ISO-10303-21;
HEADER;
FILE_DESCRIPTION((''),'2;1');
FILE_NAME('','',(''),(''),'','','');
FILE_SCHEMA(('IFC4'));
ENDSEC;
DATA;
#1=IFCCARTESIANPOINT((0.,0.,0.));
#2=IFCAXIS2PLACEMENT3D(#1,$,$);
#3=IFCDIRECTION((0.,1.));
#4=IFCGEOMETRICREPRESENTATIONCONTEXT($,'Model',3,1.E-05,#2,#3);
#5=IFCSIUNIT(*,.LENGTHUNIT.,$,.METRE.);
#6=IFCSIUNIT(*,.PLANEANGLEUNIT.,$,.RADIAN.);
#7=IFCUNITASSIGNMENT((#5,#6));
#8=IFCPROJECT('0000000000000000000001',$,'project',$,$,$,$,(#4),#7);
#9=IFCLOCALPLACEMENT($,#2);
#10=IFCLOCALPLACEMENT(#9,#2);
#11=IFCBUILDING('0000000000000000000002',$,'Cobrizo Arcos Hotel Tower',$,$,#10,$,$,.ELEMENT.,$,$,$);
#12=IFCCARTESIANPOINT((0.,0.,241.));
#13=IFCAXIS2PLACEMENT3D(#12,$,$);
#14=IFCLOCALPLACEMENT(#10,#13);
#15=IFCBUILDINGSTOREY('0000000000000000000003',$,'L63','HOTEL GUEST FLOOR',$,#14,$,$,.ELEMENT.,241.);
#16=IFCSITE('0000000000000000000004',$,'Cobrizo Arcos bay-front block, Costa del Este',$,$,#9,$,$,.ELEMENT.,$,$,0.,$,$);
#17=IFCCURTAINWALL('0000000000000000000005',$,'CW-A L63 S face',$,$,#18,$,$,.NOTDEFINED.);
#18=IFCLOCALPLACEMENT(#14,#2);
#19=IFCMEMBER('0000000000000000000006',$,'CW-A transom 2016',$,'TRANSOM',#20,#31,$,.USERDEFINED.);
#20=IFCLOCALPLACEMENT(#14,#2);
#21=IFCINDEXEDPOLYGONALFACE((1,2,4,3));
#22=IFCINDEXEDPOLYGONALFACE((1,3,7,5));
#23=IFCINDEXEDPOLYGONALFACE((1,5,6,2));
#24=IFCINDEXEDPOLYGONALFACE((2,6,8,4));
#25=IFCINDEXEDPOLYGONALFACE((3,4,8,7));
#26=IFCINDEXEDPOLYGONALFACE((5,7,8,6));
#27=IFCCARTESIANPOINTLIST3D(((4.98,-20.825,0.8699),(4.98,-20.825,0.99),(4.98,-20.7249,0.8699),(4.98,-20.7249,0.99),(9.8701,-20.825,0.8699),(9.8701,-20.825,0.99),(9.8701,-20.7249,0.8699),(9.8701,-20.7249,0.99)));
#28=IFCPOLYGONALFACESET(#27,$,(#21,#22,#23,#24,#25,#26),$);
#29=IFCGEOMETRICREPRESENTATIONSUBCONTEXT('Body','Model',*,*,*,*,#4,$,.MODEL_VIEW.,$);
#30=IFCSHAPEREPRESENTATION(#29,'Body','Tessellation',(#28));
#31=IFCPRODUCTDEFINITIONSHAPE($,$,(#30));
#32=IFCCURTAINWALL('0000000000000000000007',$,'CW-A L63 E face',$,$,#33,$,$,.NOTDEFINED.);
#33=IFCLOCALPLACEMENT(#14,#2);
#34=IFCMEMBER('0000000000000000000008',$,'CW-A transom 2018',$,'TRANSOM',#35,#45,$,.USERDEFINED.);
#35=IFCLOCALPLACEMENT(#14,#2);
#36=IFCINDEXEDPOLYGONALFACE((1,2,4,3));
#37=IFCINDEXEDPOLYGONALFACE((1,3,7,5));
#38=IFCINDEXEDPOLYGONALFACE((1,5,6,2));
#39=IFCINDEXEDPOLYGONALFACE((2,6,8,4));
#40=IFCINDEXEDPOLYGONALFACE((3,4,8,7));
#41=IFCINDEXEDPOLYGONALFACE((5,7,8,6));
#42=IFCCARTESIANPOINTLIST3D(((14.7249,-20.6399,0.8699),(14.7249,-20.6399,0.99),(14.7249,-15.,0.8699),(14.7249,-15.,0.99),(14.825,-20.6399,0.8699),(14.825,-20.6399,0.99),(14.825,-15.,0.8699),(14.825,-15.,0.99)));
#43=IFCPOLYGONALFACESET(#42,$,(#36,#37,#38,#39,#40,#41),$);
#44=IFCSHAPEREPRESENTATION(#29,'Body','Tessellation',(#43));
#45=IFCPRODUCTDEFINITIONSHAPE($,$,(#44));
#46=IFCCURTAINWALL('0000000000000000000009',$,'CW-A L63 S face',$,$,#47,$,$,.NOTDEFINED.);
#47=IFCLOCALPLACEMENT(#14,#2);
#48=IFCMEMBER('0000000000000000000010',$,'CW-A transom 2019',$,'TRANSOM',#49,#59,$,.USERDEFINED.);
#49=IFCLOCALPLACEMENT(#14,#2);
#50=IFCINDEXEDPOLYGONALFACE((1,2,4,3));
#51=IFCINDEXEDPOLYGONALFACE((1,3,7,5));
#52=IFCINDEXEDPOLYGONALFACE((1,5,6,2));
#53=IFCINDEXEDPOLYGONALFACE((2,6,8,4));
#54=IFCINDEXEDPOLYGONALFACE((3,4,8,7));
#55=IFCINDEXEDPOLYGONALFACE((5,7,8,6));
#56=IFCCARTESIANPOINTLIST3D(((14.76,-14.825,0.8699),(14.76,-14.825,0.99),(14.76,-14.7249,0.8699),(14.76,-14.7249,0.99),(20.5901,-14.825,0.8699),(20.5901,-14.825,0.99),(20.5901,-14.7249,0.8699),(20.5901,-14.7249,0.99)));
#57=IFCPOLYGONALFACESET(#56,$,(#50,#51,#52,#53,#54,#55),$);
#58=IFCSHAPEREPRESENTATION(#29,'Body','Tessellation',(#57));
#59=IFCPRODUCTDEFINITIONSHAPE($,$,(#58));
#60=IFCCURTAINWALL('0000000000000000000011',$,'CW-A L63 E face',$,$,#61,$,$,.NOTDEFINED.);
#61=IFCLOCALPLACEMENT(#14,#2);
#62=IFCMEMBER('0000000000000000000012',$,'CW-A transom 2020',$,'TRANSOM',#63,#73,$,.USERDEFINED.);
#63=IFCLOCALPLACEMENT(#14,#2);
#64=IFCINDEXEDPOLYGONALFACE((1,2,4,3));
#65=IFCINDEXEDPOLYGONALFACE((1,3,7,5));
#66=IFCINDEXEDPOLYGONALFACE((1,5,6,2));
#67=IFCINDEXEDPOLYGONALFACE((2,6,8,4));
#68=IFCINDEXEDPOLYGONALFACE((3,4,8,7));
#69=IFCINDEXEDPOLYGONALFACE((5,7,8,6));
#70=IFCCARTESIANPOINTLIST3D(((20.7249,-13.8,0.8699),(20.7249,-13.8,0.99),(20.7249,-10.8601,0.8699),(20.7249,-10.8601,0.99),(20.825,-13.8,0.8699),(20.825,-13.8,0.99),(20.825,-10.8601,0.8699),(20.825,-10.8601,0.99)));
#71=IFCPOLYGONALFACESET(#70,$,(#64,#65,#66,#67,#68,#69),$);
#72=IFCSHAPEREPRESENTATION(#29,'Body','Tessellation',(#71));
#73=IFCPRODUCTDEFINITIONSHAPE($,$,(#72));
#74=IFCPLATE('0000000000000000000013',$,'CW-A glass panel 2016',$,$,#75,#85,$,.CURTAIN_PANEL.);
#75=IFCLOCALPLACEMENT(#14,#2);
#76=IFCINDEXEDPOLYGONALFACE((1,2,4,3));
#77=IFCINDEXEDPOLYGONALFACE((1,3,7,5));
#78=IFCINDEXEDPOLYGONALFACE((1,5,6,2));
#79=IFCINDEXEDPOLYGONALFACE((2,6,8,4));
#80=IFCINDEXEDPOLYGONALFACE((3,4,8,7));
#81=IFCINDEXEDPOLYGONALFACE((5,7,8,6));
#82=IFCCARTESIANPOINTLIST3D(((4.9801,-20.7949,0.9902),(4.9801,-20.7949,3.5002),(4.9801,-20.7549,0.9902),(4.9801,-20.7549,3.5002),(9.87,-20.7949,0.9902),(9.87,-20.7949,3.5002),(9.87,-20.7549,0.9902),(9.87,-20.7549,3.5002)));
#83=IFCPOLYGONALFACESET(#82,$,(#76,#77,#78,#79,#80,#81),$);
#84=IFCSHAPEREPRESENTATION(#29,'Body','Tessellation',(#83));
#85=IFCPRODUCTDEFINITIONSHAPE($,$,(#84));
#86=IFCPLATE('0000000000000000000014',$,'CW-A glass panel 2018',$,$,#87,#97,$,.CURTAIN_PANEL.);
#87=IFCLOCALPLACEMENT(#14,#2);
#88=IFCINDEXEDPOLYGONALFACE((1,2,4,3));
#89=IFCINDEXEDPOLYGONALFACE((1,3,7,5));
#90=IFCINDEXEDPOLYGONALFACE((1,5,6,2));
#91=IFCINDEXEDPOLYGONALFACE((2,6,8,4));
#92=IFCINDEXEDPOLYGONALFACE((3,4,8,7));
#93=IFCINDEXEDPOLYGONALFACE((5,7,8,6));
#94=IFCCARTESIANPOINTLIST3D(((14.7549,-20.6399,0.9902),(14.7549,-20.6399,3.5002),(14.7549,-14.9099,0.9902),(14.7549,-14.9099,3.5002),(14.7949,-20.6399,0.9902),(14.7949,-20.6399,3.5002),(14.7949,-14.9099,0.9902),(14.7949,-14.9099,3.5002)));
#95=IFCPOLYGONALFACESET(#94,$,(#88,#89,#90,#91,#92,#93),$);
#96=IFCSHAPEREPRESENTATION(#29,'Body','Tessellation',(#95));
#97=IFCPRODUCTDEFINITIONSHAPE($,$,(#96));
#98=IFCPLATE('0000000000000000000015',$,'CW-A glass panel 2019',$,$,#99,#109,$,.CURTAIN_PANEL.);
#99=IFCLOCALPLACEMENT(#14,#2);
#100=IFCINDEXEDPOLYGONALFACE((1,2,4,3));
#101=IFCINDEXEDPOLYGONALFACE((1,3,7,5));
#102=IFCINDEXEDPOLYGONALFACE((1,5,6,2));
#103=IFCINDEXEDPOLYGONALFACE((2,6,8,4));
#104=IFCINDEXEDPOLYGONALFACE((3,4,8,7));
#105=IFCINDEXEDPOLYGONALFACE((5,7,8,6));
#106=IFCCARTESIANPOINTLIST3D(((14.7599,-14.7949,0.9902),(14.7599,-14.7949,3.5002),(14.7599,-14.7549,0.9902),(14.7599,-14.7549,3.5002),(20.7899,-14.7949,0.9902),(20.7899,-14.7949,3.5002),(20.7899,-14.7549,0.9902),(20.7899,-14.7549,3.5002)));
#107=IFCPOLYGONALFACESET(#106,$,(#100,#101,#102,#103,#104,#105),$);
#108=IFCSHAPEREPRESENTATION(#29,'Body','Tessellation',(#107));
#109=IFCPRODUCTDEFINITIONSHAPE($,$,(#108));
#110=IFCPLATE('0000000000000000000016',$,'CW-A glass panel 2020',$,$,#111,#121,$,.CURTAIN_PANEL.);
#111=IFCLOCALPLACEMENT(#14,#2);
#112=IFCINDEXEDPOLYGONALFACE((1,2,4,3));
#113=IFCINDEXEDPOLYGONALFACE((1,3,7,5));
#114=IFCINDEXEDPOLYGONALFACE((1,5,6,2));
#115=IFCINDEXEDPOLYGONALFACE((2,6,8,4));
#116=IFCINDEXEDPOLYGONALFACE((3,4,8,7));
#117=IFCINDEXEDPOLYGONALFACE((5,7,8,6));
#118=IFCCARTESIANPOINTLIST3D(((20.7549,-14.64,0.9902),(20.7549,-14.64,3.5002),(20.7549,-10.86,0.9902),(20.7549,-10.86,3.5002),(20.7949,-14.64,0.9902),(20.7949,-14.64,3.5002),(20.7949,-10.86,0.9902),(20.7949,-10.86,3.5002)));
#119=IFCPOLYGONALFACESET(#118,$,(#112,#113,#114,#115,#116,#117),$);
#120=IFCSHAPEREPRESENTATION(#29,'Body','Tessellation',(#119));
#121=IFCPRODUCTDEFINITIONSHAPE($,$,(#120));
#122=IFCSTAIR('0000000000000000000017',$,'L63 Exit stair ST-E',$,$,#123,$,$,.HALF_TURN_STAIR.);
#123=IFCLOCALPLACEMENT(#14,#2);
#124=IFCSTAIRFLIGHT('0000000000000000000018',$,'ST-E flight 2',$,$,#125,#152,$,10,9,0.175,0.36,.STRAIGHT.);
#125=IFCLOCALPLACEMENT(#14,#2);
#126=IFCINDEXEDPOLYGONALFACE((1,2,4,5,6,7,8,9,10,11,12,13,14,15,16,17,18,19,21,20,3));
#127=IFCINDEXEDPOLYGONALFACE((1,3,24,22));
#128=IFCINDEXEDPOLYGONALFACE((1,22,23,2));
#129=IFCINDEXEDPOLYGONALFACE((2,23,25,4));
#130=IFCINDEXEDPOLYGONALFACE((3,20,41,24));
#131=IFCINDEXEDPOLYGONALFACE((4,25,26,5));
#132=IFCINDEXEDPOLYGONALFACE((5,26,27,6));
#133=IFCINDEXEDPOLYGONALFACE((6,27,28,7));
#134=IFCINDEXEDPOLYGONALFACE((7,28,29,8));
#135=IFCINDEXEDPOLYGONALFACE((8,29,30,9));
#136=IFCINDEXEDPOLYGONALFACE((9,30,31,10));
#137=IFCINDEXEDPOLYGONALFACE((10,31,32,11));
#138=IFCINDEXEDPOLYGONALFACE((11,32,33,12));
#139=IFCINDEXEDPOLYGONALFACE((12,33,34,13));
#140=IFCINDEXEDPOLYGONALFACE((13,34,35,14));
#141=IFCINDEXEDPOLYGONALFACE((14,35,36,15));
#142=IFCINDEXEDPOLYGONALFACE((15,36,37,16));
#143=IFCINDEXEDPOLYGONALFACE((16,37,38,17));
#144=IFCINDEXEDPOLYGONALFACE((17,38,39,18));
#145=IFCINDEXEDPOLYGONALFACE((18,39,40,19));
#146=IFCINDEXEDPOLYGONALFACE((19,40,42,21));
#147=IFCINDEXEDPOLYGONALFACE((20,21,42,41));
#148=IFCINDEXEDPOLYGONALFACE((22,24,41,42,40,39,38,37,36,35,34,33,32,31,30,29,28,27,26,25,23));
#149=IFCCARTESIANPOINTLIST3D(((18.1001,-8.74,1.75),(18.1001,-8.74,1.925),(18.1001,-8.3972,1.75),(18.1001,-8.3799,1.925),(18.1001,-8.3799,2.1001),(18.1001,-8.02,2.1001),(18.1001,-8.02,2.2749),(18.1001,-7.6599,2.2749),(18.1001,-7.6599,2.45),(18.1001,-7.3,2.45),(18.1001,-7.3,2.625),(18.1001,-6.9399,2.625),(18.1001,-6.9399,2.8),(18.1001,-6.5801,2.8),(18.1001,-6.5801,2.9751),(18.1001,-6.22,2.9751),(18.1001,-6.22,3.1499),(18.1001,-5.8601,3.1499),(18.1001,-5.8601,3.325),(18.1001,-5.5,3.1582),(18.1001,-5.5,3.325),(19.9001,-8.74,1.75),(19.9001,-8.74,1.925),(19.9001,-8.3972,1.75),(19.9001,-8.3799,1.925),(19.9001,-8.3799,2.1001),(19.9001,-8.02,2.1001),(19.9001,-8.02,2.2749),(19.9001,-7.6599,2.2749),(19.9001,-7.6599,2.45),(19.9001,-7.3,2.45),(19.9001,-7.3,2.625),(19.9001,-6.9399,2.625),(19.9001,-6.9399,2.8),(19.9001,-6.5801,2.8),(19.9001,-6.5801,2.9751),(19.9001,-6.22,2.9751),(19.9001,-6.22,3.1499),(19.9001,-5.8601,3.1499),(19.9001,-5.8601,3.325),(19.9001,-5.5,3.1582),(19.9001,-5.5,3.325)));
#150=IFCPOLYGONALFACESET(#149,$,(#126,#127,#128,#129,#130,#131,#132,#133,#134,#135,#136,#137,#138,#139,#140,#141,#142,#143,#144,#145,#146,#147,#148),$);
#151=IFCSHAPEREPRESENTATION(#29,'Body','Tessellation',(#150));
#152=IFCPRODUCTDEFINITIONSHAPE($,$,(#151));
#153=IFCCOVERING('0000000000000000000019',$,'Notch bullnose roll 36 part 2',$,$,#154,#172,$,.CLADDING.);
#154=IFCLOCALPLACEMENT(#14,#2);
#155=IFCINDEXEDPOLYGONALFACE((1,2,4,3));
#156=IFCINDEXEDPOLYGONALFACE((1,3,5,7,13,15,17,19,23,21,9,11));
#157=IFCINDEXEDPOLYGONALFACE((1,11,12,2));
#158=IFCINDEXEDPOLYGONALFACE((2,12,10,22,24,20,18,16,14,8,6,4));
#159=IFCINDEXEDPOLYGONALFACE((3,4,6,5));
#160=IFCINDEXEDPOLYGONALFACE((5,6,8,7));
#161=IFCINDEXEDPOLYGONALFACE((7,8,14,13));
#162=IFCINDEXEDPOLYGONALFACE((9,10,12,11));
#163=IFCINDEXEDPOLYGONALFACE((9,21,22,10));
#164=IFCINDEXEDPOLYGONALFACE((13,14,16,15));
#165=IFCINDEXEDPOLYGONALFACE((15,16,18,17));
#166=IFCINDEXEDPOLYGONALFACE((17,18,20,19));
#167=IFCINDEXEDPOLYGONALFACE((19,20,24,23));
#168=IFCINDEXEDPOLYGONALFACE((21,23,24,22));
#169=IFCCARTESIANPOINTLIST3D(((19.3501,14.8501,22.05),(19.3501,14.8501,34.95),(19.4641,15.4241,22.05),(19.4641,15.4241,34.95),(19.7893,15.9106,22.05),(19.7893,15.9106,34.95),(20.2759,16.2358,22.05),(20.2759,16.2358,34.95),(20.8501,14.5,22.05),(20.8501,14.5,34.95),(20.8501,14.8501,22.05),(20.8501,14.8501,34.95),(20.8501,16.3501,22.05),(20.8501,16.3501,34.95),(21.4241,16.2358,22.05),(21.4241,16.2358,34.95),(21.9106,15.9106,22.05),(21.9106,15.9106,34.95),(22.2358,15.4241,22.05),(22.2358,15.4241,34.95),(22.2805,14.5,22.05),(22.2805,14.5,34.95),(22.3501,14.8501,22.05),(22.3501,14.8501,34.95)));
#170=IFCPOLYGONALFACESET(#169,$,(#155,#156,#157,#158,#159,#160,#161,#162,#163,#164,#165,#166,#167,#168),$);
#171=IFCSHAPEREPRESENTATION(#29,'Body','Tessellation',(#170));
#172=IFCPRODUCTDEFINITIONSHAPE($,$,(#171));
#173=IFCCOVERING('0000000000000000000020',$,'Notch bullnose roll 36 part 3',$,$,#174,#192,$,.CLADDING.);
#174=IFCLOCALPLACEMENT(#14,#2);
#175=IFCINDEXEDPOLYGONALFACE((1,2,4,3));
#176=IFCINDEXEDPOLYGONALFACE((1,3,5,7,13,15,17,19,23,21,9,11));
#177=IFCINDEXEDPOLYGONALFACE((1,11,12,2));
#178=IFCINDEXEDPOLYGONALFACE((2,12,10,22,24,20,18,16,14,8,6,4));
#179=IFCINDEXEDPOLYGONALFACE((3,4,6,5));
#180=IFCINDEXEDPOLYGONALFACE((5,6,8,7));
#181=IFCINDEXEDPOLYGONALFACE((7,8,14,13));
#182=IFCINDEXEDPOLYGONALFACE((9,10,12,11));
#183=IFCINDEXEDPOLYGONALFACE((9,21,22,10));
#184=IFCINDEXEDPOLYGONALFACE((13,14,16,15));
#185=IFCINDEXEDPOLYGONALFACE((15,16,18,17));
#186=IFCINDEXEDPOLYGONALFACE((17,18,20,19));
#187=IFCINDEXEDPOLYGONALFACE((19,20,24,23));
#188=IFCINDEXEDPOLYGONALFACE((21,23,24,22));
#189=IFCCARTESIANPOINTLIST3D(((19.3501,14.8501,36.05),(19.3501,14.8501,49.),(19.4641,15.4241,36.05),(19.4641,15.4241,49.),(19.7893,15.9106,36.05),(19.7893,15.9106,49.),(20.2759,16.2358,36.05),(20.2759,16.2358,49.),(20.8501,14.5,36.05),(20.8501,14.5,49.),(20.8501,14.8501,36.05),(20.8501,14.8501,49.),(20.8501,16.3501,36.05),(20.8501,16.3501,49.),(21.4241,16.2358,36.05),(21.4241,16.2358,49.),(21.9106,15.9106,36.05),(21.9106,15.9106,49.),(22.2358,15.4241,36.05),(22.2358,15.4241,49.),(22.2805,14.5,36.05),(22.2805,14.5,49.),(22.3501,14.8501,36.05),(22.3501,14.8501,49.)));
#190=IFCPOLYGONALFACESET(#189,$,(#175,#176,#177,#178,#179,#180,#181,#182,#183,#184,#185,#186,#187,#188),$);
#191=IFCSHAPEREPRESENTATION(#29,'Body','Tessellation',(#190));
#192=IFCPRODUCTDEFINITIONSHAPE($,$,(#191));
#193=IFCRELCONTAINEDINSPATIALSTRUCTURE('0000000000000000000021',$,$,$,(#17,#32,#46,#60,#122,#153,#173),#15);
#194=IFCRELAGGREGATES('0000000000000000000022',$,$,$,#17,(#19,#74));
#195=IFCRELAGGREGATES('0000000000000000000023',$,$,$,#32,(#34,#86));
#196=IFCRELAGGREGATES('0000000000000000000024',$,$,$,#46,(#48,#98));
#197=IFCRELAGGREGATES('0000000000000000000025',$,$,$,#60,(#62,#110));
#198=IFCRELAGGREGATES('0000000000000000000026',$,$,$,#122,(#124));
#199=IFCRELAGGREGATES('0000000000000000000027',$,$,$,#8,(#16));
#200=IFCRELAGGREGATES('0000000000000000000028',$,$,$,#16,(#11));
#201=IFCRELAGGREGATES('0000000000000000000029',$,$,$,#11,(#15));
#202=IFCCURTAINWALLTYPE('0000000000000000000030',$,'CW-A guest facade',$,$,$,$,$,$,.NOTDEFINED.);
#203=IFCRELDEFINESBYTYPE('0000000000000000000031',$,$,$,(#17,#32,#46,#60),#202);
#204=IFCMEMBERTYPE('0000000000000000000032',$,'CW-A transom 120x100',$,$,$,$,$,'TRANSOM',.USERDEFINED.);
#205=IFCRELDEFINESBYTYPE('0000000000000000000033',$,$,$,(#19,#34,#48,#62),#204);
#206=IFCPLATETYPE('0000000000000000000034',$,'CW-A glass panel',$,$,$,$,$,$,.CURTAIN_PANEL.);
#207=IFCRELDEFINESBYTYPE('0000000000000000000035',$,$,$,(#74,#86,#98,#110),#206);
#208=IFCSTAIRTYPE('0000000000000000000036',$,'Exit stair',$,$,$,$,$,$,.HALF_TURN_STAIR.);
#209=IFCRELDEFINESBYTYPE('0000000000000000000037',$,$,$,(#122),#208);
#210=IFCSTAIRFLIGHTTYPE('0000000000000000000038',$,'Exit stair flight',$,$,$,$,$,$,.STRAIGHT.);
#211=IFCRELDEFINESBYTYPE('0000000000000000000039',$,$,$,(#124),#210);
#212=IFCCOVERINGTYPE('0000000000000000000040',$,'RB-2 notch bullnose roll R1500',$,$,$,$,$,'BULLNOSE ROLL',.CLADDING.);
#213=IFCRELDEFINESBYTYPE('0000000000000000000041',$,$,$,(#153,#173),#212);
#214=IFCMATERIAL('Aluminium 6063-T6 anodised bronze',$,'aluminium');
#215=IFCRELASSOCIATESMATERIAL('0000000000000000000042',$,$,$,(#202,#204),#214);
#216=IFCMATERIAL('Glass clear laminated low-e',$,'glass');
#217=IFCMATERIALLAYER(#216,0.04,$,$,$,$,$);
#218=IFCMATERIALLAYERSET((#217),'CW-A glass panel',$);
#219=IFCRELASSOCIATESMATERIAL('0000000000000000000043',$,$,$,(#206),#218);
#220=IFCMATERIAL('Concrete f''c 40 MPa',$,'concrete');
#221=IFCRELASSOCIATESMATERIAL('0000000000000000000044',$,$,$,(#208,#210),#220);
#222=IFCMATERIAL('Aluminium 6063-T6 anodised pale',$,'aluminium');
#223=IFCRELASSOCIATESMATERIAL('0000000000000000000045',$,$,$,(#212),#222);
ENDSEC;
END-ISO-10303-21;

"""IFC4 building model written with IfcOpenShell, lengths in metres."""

from ifc_helpers import new_model, si_unit, direction, frame, origin, origin_2d, place, context, subcontext, project, spatial, polyline, rectangle, outline, extrude, material, layer, layer_set, material_profile, profile_set, type_object, element, aggregate, save


model = new_model("IFC4")

# Units and contexts
model_context = context("Model", 3, precision=1e-05, world=origin(), true_north=direction((0.0, 1.0)))
body_context = subcontext(model_context, "Body", "Model", "MODEL_VIEW")
ifc_project = project(units=[si_unit("LENGTHUNIT", "METRE"), si_unit("PLANEANGLEUNIT", "RADIAN")], contexts=[model_context])

# Site, building, storey
site_placement = place(None, origin())
site = spatial("IfcSite", under=ifc_project, at=site_placement, Name="Cobrizo Arcos bay-front block, Costa del Este", CompositionType="ELEMENT", RefElevation=0.0)
building_placement = place(site_placement, origin())
building = spatial("IfcBuilding", under=site, at=building_placement, Name="Cobrizo Arcos Hotel Tower", CompositionType="ELEMENT")
storey_placement = place(building_placement, frame((0.0, 0.0, 241.0)))
storey = spatial("IfcBuildingStorey", under=building, at=storey_placement, Name="L63", Description="HOTEL GUEST FLOOR", CompositionType="ELEMENT", Elevation=241.0)

# Curtain walls, members
ifc_material_1 = material(Name="Aluminium 6063-T6 anodised bronze", Category="aluminium")
curtain_wall_type = type_object("IfcCurtainWallType", Name="CW-A guest facade", PredefinedType="NOTDEFINED", material=ifc_material_1)
curtain_wall_1_placement = place(storey_placement, origin())
curtain_wall_1 = element("IfcCurtainWall", 1, at=curtain_wall_1_placement, inside=storey, type_object=curtain_wall_type, Name="CW-A L63 S face", PredefinedType="NOTDEFINED")
ifc_material_profile = material_profile(ifc_material_1, rectangle(XDim=0.1001, YDim=0.1201, at=origin_2d()), Name="CW-A transom 120x100")
ifc_profile_set = profile_set([ifc_material_profile], Name="Aluminium 6063-T6 anodised bronze")
member_type = type_object("IfcMemberType", Name="CW-A transom 120x100", ElementType="TRANSOM", PredefinedType="USERDEFINED", material=ifc_profile_set)
member_1_placement = place(storey_placement, frame((4.98, -20.7749, 0.9299), z_axis=(1.0, 0.0, 0.0), x_axis=(0.0, 1.0, 0.0)))
member_1 = element("IfcMember", 2, at=member_1_placement, type_object=member_type, Name="CW-A transom 2016", ObjectType="TRANSOM", PredefinedType="USERDEFINED", context=body_context, shape_type="SweptSolid", body=[
    extrude(rectangle(XDim=0.1001, YDim=0.1201, at=origin_2d()), origin(), (0.0, 0.0, 1.0), 4.8901),
])
curtain_wall_2_placement = place(storey_placement, origin())
curtain_wall_2 = element("IfcCurtainWall", 3, at=curtain_wall_2_placement, inside=storey, type_object=curtain_wall_type, Name="CW-A L63 E face", PredefinedType="NOTDEFINED")
member_2_placement = place(storey_placement, frame((14.7749, -20.6399, 0.9299), z_axis=(0.0, 1.0, 0.0), x_axis=(-1.0, 0.0, 0.0)))
member_2 = element("IfcMember", 4, at=member_2_placement, type_object=member_type, Name="CW-A transom 2018", ObjectType="TRANSOM", PredefinedType="USERDEFINED", context=body_context, shape_type="SweptSolid", body=[
    extrude(rectangle(XDim=0.1001, YDim=0.1201, at=origin_2d()), origin(), (0.0, 0.0, 1.0), 5.6399),
])
curtain_wall_3_placement = place(storey_placement, origin())
curtain_wall_3 = element("IfcCurtainWall", 5, at=curtain_wall_3_placement, inside=storey, type_object=curtain_wall_type, Name="CW-A L63 S face", PredefinedType="NOTDEFINED")
member_3_placement = place(storey_placement, frame((14.76, -14.7749, 0.9299), z_axis=(1.0, 0.0, 0.0), x_axis=(0.0, 1.0, 0.0)))
member_3 = element("IfcMember", 6, at=member_3_placement, type_object=member_type, Name="CW-A transom 2019", ObjectType="TRANSOM", PredefinedType="USERDEFINED", context=body_context, shape_type="SweptSolid", body=[
    extrude(rectangle(XDim=0.1001, YDim=0.1201, at=origin_2d()), origin(), (0.0, 0.0, 1.0), 5.8301),
])
curtain_wall_4_placement = place(storey_placement, origin())
curtain_wall_4 = element("IfcCurtainWall", 7, at=curtain_wall_4_placement, inside=storey, type_object=curtain_wall_type, Name="CW-A L63 E face", PredefinedType="NOTDEFINED")
member_4_placement = place(storey_placement, frame((20.7749, -13.8, 0.9299), z_axis=(0.0, 1.0, 0.0), x_axis=(-1.0, 0.0, 0.0)))
member_4 = element("IfcMember", 8, at=member_4_placement, type_object=member_type, Name="CW-A transom 2020", ObjectType="TRANSOM", PredefinedType="USERDEFINED", context=body_context, shape_type="SweptSolid", body=[
    extrude(rectangle(XDim=0.1001, YDim=0.1201, at=origin_2d()), origin(), (0.0, 0.0, 1.0), 2.9399),
])

# Plates
ifc_material_2 = material(Name="Glass clear laminated low-e", Category="glass")
ifc_layer = layer(ifc_material_2, 0.04)
ifc_layer_set = layer_set([ifc_layer], Name="CW-A glass panel")
plate_type = type_object("IfcPlateType", Name="CW-A glass panel", PredefinedType="CURTAIN_PANEL", material=ifc_layer_set)
plate_1_placement = place(storey_placement, frame((7.425, -20.7749, 0.9902), z_axis=(0.0, 0.0, 1.0), x_axis=(1.0, 0.0, 0.0)))
plate_1 = element("IfcPlate", 9, at=plate_1_placement, type_object=plate_type, Name="CW-A glass panel 2016", PredefinedType="CURTAIN_PANEL", context=body_context, shape_type="SweptSolid", body=[
    extrude(rectangle(XDim=4.8899, YDim=0.04, at=origin_2d()), origin(), (0.0, 0.0, 1.0), 2.51),
])
aggregate(curtain_wall_1, [member_1, plate_1])
plate_2_placement = place(storey_placement, frame((14.7749, -17.7749, 0.9902), z_axis=(0.0, 0.0, 1.0), x_axis=(0.0, 1.0, 0.0)))
plate_2 = element("IfcPlate", 10, at=plate_2_placement, type_object=plate_type, Name="CW-A glass panel 2018", PredefinedType="CURTAIN_PANEL", context=body_context, shape_type="SweptSolid", body=[
    extrude(rectangle(XDim=5.73, YDim=0.04, at=origin_2d()), origin(), (0.0, 0.0, 1.0), 2.51),
])
aggregate(curtain_wall_2, [member_2, plate_2])
plate_3_placement = place(storey_placement, frame((17.7749, -14.7749, 0.9902), z_axis=(0.0, 0.0, 1.0), x_axis=(1.0, 0.0, 0.0)))
plate_3 = element("IfcPlate", 11, at=plate_3_placement, type_object=plate_type, Name="CW-A glass panel 2019", PredefinedType="CURTAIN_PANEL", context=body_context, shape_type="SweptSolid", body=[
    extrude(rectangle(XDim=6.03, YDim=0.04, at=origin_2d()), origin(), (0.0, 0.0, 1.0), 2.51),
])
aggregate(curtain_wall_3, [member_3, plate_3])
plate_4_placement = place(storey_placement, frame((20.7749, -12.75, 0.9902), z_axis=(0.0, 0.0, 1.0), x_axis=(0.0, 1.0, 0.0)))
plate_4 = element("IfcPlate", 12, at=plate_4_placement, type_object=plate_type, Name="CW-A glass panel 2020", PredefinedType="CURTAIN_PANEL", context=body_context, shape_type="SweptSolid", body=[
    extrude(rectangle(XDim=3.78, YDim=0.04, at=origin_2d()), origin(), (0.0, 0.0, 1.0), 2.51),
])
aggregate(curtain_wall_4, [member_4, plate_4])

# Stair, stair flight
ifc_material_3 = material(Name="Concrete f'c 40 MPa", Category="concrete")
stair_type = type_object("IfcStairType", Name="Exit stair", PredefinedType="HALF_TURN_STAIR", material=ifc_material_3)
stair_placement = place(storey_placement, origin())
stair = element("IfcStair", 13, at=stair_placement, inside=storey, type_object=stair_type, Name="L63 Exit stair ST-E", PredefinedType="HALF_TURN_STAIR")
stair_flight_type = type_object("IfcStairFlightType", Name="Exit stair flight", PredefinedType="STRAIGHT", material=ifc_material_3)
stair_flight_placement = place(storey_placement, frame((19.0, -8.74, 1.75), z_axis=(0.0, 0.0, 1.0), x_axis=(0.0, 1.0, 0.0)))
stair_flight = element("IfcStairFlight", 14, at=stair_flight_placement, type_object=stair_flight_type, Name="ST-E flight 2", NumberOfRisers=10, NumberOfTreads=9, PredefinedType="STRAIGHT", RiserHeight=0.175, TreadLength=0.36, context=body_context, shape_type="SweptSolid", body=[
    extrude(outline(polyline([(0.0, 0.0), (0.0, 0.175), (0.3601, 0.175), (0.3601, 0.3501), (0.72, 0.3501), (0.72, 0.5249), (1.0801, 0.5249), (1.0801, 0.7), (1.4399, 0.7), (1.4399, 0.875), (1.8, 0.875), (1.8, 1.05), (2.1599, 1.05), (2.1599, 1.2251), (2.52, 1.2251), (2.52, 1.3999), (2.8799, 1.3999), (2.8799, 1.575), (3.24, 1.575), (3.24, 1.75), (3.24, 1.4082), (0.3428, 0.0), (0.0, 0.0)])), frame((0.0, 0.8999, 0.0), z_axis=(0.0, -1.0, 0.0), x_axis=(1.0, 0.0, 0.0)), (0.0, 0.0, 1.0), 1.8),
])
aggregate(stair, [stair_flight])

# Coverings
ifc_material_4 = material(Name="Aluminium 6063-T6 anodised pale", Category="aluminium")
covering_type_1 = type_object("IfcCoveringType", Name="RB-2 notch bullnose roll R1500", ElementType="BULLNOSE ROLL", PredefinedType="CLADDING", material=ifc_material_4)
covering_1_placement = place(storey_placement, frame((0.0, 0.0, 22.05)))
element("IfcCovering", 15, at=covering_1_placement, inside=storey, type_object=covering_type_1, Name="Notch bullnose roll 36 part 2", PredefinedType="CLADDING", context=body_context, shape_type="SweptSolid", body=[
    extrude(outline(polyline([(19.7893, 15.9106), (19.4641, 15.4241), (19.3501, 14.8501), (20.8501, 14.8501), (20.8501, 14.5), (22.2805, 14.5), (22.3501, 14.8501), (22.2358, 15.4241), (21.9106, 15.9106), (21.4241, 16.2358), (20.8501, 16.3501), (20.2759, 16.2358), (19.7893, 15.9106)])), origin(), (0.0, 0.0, 1.0), 12.8999),
])
covering_2_placement = place(storey_placement, frame((0.0, 0.0, 36.05)))
element("IfcCovering", 16, at=covering_2_placement, inside=storey, type_object=covering_type_1, Name="Notch bullnose roll 36 part 3", PredefinedType="CLADDING", context=body_context, shape_type="SweptSolid", body=[
    extrude(outline(polyline([(19.7893, 15.9106), (19.4641, 15.4241), (19.3501, 14.8501), (20.8501, 14.8501), (20.8501, 14.5), (22.2805, 14.5), (22.3501, 14.8501), (22.2358, 15.4241), (21.9106, 15.9106), (21.4241, 16.2358), (20.8501, 16.3501), (20.2759, 16.2358), (19.7893, 15.9106)])), origin(), (0.0, 0.0, 1.0), 12.95),
])

save(model, "model.ifc")
